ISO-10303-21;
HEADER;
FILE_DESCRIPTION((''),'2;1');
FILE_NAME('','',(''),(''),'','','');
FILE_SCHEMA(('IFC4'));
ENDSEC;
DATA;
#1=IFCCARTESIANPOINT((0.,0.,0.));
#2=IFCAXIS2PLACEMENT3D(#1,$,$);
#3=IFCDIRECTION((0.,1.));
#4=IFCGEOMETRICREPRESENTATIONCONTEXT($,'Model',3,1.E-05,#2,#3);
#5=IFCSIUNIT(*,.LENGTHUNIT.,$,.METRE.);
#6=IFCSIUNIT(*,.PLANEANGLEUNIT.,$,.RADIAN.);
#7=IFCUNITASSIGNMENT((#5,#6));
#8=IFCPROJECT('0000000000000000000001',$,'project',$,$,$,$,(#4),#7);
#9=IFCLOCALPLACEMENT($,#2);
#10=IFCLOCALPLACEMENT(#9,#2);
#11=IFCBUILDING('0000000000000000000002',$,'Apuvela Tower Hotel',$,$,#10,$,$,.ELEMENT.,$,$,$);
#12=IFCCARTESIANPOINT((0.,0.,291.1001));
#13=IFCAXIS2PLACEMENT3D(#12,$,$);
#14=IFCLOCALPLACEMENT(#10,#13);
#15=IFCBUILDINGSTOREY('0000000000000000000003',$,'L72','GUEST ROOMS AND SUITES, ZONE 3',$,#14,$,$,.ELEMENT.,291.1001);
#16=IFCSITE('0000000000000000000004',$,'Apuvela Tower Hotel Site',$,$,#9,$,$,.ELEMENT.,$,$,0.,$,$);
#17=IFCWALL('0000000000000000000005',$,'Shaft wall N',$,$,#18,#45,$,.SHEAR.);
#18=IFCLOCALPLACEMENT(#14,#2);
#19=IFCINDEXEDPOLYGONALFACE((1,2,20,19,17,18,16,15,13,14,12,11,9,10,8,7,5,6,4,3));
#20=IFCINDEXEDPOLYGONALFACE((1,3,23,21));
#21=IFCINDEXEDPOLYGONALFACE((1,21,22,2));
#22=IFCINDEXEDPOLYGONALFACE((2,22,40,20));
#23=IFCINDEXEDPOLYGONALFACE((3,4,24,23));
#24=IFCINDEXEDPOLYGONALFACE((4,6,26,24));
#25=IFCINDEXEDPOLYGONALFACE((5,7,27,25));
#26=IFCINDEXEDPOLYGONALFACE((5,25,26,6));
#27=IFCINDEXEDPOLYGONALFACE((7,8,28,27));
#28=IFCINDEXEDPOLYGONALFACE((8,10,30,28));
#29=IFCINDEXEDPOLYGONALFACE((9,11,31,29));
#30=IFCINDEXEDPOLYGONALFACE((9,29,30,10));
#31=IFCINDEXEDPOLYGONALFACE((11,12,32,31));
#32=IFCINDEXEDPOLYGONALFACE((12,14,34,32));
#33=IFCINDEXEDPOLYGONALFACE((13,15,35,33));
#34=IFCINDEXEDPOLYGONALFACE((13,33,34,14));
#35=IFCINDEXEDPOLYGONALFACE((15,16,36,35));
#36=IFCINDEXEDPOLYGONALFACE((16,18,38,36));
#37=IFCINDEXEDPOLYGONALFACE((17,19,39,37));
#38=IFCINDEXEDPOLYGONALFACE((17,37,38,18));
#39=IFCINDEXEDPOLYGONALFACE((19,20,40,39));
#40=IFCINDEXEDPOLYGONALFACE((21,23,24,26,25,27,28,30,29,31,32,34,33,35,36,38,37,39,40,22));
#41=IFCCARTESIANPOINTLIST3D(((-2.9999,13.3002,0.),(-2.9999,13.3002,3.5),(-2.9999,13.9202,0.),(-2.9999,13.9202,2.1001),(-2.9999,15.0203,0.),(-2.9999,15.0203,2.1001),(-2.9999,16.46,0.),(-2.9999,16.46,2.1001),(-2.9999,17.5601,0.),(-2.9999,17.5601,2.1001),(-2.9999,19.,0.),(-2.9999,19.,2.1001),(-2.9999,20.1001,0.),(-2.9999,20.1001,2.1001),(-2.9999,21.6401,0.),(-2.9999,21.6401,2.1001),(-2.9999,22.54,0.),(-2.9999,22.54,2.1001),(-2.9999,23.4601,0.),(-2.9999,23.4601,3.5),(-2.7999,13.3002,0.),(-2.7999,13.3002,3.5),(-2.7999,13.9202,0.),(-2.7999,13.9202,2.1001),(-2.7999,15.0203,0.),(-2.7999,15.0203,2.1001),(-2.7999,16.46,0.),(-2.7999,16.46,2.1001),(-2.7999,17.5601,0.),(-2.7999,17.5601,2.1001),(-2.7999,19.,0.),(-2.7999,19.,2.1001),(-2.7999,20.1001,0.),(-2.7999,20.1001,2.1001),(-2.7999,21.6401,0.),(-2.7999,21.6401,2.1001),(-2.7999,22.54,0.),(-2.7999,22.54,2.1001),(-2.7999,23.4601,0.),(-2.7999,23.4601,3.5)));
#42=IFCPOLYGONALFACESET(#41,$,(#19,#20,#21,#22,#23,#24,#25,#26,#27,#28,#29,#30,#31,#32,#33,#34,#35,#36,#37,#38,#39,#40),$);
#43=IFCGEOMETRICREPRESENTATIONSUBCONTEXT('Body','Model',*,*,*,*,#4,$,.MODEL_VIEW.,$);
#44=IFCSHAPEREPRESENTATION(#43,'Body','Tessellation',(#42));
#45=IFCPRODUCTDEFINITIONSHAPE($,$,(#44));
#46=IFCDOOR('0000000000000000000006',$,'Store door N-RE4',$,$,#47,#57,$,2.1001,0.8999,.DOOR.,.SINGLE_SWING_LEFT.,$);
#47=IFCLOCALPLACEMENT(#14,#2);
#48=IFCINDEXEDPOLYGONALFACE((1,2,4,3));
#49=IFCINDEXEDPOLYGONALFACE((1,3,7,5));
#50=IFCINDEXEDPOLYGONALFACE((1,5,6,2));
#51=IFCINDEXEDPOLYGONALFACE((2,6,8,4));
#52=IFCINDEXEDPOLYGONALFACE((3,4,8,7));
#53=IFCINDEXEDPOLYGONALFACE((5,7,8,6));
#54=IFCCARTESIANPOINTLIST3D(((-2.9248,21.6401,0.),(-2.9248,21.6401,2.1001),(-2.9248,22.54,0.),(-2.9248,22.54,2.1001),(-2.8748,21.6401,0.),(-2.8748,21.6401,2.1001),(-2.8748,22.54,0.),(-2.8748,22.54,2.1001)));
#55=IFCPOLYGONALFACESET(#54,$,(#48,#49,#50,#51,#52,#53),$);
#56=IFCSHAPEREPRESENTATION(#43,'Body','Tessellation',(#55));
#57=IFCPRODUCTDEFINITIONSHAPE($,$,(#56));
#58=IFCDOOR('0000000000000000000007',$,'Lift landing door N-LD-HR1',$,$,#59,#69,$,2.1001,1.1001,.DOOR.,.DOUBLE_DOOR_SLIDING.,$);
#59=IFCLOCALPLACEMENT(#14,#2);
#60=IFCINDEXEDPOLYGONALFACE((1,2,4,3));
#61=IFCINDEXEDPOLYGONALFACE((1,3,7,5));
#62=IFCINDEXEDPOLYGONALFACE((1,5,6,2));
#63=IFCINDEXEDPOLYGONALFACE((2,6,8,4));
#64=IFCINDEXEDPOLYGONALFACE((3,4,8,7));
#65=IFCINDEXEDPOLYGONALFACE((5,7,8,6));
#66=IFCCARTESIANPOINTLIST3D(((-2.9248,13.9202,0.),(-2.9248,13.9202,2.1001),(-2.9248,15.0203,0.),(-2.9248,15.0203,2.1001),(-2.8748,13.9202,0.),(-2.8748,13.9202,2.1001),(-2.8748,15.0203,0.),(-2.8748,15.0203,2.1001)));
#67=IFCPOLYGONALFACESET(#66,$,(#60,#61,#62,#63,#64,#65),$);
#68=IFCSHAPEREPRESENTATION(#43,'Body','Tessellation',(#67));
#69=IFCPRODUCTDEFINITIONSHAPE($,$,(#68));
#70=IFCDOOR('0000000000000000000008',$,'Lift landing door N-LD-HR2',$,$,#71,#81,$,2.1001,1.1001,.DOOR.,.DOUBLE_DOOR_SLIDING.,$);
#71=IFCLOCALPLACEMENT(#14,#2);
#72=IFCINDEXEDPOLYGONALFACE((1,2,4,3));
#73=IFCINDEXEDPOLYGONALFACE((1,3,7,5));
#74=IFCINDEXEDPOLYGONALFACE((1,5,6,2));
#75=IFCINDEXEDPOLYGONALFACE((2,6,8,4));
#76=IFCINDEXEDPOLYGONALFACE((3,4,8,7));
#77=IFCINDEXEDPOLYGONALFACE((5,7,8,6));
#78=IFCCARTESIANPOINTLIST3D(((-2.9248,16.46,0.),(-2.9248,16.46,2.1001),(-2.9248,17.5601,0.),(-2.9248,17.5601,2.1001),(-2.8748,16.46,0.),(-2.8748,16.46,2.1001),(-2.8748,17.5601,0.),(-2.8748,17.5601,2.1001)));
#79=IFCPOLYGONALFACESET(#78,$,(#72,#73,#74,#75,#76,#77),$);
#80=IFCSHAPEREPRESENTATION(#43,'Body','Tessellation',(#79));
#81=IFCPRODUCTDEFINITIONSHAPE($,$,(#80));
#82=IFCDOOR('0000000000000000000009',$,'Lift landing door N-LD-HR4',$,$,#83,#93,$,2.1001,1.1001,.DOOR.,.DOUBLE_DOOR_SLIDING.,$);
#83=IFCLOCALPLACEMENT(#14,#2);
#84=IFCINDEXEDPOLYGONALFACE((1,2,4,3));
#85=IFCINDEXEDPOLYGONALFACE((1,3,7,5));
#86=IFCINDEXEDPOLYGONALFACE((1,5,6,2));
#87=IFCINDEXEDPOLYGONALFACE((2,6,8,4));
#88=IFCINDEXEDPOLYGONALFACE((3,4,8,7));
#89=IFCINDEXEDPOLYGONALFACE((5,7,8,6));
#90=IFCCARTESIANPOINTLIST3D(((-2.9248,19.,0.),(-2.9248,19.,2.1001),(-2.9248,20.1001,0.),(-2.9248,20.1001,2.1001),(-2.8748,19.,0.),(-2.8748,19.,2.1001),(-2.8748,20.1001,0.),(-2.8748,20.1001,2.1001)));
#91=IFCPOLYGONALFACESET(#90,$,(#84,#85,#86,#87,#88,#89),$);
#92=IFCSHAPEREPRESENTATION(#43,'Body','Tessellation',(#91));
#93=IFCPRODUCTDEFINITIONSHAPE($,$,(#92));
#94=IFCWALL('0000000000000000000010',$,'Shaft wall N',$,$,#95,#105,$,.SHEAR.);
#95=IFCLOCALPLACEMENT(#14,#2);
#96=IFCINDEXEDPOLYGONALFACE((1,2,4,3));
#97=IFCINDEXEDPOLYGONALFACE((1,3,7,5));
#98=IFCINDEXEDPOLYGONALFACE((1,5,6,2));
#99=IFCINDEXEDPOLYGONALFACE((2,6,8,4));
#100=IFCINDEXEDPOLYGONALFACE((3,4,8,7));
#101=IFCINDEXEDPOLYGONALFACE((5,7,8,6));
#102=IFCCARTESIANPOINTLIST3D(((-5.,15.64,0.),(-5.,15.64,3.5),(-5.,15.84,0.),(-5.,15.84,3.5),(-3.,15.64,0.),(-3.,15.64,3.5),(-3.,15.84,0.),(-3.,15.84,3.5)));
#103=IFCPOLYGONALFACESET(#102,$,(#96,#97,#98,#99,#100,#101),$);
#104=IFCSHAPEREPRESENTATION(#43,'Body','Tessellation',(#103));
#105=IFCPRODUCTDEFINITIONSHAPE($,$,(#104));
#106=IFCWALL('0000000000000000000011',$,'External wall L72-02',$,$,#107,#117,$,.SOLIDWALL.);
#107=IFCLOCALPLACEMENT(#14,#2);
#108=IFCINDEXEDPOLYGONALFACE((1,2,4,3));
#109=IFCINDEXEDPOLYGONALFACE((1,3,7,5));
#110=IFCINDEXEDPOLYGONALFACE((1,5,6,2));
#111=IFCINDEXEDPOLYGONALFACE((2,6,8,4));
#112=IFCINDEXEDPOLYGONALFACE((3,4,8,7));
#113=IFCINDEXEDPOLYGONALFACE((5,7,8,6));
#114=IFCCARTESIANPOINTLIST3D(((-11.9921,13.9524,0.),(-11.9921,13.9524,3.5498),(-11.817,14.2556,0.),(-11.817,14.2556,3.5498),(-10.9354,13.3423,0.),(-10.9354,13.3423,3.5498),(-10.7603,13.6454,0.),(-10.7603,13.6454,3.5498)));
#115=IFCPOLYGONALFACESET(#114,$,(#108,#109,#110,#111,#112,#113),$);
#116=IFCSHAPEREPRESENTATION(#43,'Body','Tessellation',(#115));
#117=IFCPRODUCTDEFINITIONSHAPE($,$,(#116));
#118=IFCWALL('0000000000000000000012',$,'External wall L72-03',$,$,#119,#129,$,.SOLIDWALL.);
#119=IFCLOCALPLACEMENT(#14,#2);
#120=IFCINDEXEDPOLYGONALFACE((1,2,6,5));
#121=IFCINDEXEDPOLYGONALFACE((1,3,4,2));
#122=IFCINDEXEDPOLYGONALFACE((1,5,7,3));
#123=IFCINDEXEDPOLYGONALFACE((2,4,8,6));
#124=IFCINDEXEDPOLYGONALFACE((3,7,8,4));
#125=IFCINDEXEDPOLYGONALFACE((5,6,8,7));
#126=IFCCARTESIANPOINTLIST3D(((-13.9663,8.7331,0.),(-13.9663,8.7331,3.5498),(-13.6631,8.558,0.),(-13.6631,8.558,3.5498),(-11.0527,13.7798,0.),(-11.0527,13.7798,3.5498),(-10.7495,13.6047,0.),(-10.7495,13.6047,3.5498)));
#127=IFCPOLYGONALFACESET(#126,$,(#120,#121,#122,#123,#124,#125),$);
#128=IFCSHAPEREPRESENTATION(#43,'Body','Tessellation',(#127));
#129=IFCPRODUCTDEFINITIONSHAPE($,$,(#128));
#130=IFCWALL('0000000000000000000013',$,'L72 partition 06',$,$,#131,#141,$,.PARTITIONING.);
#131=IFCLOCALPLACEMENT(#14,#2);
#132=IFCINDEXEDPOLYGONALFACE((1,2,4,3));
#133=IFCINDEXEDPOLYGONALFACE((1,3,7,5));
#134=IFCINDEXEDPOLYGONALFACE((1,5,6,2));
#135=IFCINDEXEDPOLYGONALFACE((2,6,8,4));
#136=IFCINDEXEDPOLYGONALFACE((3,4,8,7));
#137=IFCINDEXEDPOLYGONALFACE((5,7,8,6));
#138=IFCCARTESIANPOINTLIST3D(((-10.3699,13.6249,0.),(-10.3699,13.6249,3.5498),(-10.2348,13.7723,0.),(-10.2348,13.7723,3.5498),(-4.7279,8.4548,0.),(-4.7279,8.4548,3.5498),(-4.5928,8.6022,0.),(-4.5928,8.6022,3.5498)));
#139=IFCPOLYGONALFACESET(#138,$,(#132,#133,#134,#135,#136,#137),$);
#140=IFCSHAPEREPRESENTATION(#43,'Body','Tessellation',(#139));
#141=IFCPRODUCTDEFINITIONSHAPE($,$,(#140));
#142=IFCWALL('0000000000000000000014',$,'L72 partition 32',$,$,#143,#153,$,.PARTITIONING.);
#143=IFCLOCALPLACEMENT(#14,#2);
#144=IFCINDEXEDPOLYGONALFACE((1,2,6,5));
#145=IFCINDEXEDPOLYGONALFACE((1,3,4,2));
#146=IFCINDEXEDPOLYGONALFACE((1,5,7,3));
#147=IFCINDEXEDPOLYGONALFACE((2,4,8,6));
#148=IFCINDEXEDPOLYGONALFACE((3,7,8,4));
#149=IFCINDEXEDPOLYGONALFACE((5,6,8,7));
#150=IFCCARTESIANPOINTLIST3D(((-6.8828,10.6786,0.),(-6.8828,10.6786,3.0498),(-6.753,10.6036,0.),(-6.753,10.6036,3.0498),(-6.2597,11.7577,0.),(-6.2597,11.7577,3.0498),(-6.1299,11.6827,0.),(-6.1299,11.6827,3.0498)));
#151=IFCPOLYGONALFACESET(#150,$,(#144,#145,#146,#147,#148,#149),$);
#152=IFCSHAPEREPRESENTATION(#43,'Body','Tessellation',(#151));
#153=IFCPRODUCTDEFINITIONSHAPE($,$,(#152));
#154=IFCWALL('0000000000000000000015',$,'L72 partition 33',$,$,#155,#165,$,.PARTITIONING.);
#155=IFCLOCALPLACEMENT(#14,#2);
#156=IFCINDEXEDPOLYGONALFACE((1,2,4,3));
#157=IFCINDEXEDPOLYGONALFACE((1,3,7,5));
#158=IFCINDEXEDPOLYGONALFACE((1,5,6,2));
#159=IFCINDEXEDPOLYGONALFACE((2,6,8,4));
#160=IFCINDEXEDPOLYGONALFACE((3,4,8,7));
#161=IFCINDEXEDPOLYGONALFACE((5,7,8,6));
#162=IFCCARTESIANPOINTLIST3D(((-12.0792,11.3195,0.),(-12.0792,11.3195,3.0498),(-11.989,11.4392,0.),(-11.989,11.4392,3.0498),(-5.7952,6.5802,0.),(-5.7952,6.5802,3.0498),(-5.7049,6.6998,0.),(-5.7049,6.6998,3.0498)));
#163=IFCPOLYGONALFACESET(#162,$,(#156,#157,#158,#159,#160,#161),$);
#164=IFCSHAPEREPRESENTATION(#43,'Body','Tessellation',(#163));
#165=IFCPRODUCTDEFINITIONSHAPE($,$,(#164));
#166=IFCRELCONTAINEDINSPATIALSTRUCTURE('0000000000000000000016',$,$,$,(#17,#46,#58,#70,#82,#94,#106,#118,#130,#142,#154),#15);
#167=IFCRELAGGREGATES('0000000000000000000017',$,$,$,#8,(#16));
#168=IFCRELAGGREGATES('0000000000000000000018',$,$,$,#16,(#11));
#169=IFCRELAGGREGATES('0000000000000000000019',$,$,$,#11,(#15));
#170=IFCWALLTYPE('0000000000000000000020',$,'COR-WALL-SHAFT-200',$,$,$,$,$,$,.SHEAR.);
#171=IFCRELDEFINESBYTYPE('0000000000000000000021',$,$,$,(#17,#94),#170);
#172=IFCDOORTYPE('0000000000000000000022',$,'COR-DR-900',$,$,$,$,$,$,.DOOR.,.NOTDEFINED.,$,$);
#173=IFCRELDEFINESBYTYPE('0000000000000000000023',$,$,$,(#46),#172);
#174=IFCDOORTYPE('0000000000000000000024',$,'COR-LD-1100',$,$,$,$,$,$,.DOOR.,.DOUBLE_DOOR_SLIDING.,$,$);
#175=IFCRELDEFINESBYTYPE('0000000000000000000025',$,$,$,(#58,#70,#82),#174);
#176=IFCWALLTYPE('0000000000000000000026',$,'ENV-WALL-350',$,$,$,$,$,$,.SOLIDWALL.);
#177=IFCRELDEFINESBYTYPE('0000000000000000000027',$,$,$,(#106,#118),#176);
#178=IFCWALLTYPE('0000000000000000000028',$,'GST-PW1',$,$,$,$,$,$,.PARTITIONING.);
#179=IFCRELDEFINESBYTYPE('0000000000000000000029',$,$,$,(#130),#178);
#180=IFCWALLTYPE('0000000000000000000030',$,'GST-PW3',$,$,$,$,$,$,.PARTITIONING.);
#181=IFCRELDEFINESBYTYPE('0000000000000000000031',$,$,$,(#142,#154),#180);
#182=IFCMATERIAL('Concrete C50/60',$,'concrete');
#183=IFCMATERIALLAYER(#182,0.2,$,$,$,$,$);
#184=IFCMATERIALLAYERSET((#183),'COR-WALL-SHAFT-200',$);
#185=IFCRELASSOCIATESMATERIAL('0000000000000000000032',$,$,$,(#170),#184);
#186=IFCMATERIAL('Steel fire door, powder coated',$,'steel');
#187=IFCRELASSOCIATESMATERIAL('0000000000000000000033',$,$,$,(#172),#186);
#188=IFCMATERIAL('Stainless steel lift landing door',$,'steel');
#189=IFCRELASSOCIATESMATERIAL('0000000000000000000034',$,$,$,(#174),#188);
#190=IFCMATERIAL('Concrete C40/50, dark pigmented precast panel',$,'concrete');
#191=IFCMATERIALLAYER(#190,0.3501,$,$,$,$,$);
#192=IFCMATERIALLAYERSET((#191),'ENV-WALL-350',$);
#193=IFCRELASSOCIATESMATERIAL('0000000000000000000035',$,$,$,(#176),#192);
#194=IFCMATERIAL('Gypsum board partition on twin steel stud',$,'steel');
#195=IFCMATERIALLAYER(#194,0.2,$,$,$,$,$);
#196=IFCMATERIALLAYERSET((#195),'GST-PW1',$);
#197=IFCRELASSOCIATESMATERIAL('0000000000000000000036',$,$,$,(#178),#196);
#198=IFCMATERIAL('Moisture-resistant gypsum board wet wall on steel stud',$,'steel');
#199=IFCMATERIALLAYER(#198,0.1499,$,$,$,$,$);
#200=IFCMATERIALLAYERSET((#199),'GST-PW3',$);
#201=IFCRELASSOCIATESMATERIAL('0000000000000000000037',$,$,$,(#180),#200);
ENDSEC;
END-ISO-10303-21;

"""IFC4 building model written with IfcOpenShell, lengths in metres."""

from ifc_helpers import new_model, si_unit, direction, frame, frame_2d, origin, place, context, subcontext, project, spatial, rectangle, extrude, material, layer, layer_set, type_object, element, fill, save


model = new_model("IFC4")

# Units and contexts
model_context = context("Model", 3, precision=1e-05, world=origin(), true_north=direction((0.0, 1.0)))
body_context = subcontext(model_context, "Body", "Model", "MODEL_VIEW")
ifc_project = project(units=[si_unit("LENGTHUNIT", "METRE"), si_unit("PLANEANGLEUNIT", "RADIAN")], contexts=[model_context])

# Site, building, storey
site_placement = place(None, origin())
site = spatial("IfcSite", under=ifc_project, at=site_placement, Name="Apuvela Tower Hotel Site", CompositionType="ELEMENT", RefElevation=0.0)
building_placement = place(site_placement, origin())
building = spatial("IfcBuilding", under=site, at=building_placement, Name="Apuvela Tower Hotel", CompositionType="ELEMENT")
storey_placement = place(building_placement, frame((0.0, 0.0, 291.1001)))
storey = spatial("IfcBuildingStorey", under=building, at=storey_placement, Name="L72", Description="GUEST ROOMS AND SUITES, ZONE 3", CompositionType="ELEMENT", Elevation=291.1001)

# Shared definitions
ifc_material_1 = material(Name="Concrete C50/60", Category="concrete")
ifc_layer_1 = layer(ifc_material_1, 0.2)
ifc_layer_set_1 = layer_set([ifc_layer_1], Name="COR-WALL-SHAFT-200")
wall_type_1 = type_object("IfcWallType", Name="COR-WALL-SHAFT-200", PredefinedType="SHEAR", material=ifc_layer_set_1)

# Wall, openings, doors
wall_1_placement = place(storey_placement, frame((-2.8999, 13.3, 0.0), z_axis=(0.0, 0.0, 1.0), x_axis=(0.0, 1.0, 0.0)))
wall_1 = element("IfcWall", 1, at=wall_1_placement, inside=storey, type_object=wall_type_1, Name="Shaft wall N", PredefinedType="SHEAR", context=body_context, shape_type="SweptSolid", body=[
    extrude(rectangle(XDim=10.1599, YDim=0.2, at=frame_2d((5.0801, 0.0))), origin(), (0.0, 0.0, 1.0), 3.5),
])
opening_1_placement = place(wall_1_placement, frame((0.6201, 0.0, 0.0)))
opening_1 = element("IfcOpeningElement", 2, at=opening_1_placement, cuts=wall_1, PredefinedType="OPENING", context=body_context, shape_type="SweptSolid", body=[
    extrude(rectangle(XDim=1.1001, YDim=2.1001, at=frame_2d((0.55, 1.05))), frame((0.0, 0.1099, 0.0), z_axis=(0.0, -1.0, 0.0), x_axis=(1.0, 0.0, 0.0)), (0.0, 0.0, 1.0), 0.22),
])
opening_2_placement = place(wall_1_placement, frame((3.1599, 0.0, 0.0)))
opening_2 = element("IfcOpeningElement", 3, at=opening_2_placement, cuts=wall_1, PredefinedType="OPENING", context=body_context, shape_type="SweptSolid", body=[
    extrude(rectangle(XDim=1.1001, YDim=2.1001, at=frame_2d((0.55, 1.05))), frame((0.0, 0.1099, 0.0), z_axis=(0.0, -1.0, 0.0), x_axis=(1.0, 0.0, 0.0)), (0.0, 0.0, 1.0), 0.22),
])
opening_3_placement = place(wall_1_placement, frame((5.7, 0.0, 0.0)))
opening_3 = element("IfcOpeningElement", 4, at=opening_3_placement, cuts=wall_1, PredefinedType="OPENING", context=body_context, shape_type="SweptSolid", body=[
    extrude(rectangle(XDim=1.1001, YDim=2.1001, at=frame_2d((0.55, 1.05))), frame((0.0, 0.1099, 0.0), z_axis=(0.0, -1.0, 0.0), x_axis=(1.0, 0.0, 0.0)), (0.0, 0.0, 1.0), 0.22),
])
opening_4_placement = place(wall_1_placement, frame((8.3401, 0.0, 0.0)))
opening_4 = element("IfcOpeningElement", 5, at=opening_4_placement, cuts=wall_1, PredefinedType="OPENING", context=body_context, shape_type="SweptSolid", body=[
    extrude(rectangle(XDim=0.8999, YDim=2.1001, at=frame_2d((0.45, 1.05))), frame((0.0, 0.1099, 0.0), z_axis=(0.0, -1.0, 0.0), x_axis=(1.0, 0.0, 0.0)), (0.0, 0.0, 1.0), 0.22),
])
ifc_material_2 = material(Name="Steel fire door, powder coated", Category="steel")
door_type_1 = type_object("IfcDoorType", Name="COR-DR-900", OperationType="NOTDEFINED", PredefinedType="DOOR", material=ifc_material_2)
door_1_placement = place(opening_4_placement, origin())
door_1 = element("IfcDoor", 6, at=door_1_placement, inside=storey, type_object=door_type_1, Name="Store door N-RE4", OperationType="SINGLE_SWING_LEFT", OverallHeight=2.1001, OverallWidth=0.8999, PredefinedType="DOOR", context=body_context, shape_type="SweptSolid", body=[
    extrude(rectangle(XDim=0.8999, YDim=2.1001, at=frame_2d((0.45, 1.05))), frame((0.0, 0.0249, 0.0), z_axis=(0.0, -1.0, 0.0), x_axis=(1.0, 0.0, 0.0)), (0.0, 0.0, 1.0), 0.05),
])
fill(opening_4, door_1)
ifc_material_3 = material(Name="Stainless steel lift landing door", Category="steel")
door_type_2 = type_object("IfcDoorType", Name="COR-LD-1100", OperationType="DOUBLE_DOOR_SLIDING", PredefinedType="DOOR", material=ifc_material_3)
door_2_placement = place(opening_1_placement, origin())
door_2 = element("IfcDoor", 7, at=door_2_placement, inside=storey, type_object=door_type_2, Name="Lift landing door N-LD-HR1", OperationType="DOUBLE_DOOR_SLIDING", OverallHeight=2.1001, OverallWidth=1.1001, PredefinedType="DOOR", context=body_context, shape_type="SweptSolid", body=[
    extrude(rectangle(XDim=1.1001, YDim=2.1001, at=frame_2d((0.55, 1.05))), frame((0.0, 0.0249, 0.0), z_axis=(0.0, -1.0, 0.0), x_axis=(1.0, 0.0, 0.0)), (0.0, 0.0, 1.0), 0.05),
])
fill(opening_1, door_2)
door_3_placement = place(opening_2_placement, origin())
door_3 = element("IfcDoor", 8, at=door_3_placement, inside=storey, type_object=door_type_2, Name="Lift landing door N-LD-HR2", OperationType="DOUBLE_DOOR_SLIDING", OverallHeight=2.1001, OverallWidth=1.1001, PredefinedType="DOOR", context=body_context, shape_type="SweptSolid", body=[
    extrude(rectangle(XDim=1.1001, YDim=2.1001, at=frame_2d((0.55, 1.05))), frame((0.0, 0.0249, 0.0), z_axis=(0.0, -1.0, 0.0), x_axis=(1.0, 0.0, 0.0)), (0.0, 0.0, 1.0), 0.05),
])
fill(opening_2, door_3)
door_4_placement = place(opening_3_placement, origin())
door_4 = element("IfcDoor", 9, at=door_4_placement, inside=storey, type_object=door_type_2, Name="Lift landing door N-LD-HR4", OperationType="DOUBLE_DOOR_SLIDING", OverallHeight=2.1001, OverallWidth=1.1001, PredefinedType="DOOR", context=body_context, shape_type="SweptSolid", body=[
    extrude(rectangle(XDim=1.1001, YDim=2.1001, at=frame_2d((0.55, 1.05))), frame((0.0, 0.0249, 0.0), z_axis=(0.0, -1.0, 0.0), x_axis=(1.0, 0.0, 0.0)), (0.0, 0.0, 1.0), 0.05),
])
fill(opening_3, door_4)

# Walls
wall_2_placement = place(storey_placement, frame((-3.0, 15.74, 0.0), z_axis=(0.0, 0.0, 1.0), x_axis=(-1.0, 0.0, 0.0)))
element("IfcWall", 10, at=wall_2_placement, inside=storey, type_object=wall_type_1, Name="Shaft wall N", PredefinedType="SHEAR", context=body_context, shape_type="SweptSolid", body=[
    extrude(rectangle(XDim=2.0, YDim=0.2, at=frame_2d((1.0, 0.0))), origin(), (0.0, 0.0, 1.0), 3.5),
])
ifc_material_4 = material(Name="Concrete C40/50, dark pigmented precast panel", Category="concrete")
ifc_layer_2 = layer(ifc_material_4, 0.3501)
ifc_layer_set_2 = layer_set([ifc_layer_2], Name="ENV-WALL-350")
wall_type_2 = type_object("IfcWallType", Name="ENV-WALL-350", PredefinedType="SOLIDWALL", material=ifc_layer_set_2)
wall_3_placement = place(storey_placement, frame((-11.9045, 14.104, 0.0), z_axis=(0.0, 0.0, 1.0), x_axis=(0.866006, -0.500034, 0.0)))
element("IfcWall", 11, at=wall_3_placement, inside=storey, type_object=wall_type_2, Name="External wall L72-02", PredefinedType="SOLIDWALL", context=body_context, shape_type="SweptSolid", body=[
    extrude(rectangle(XDim=1.2202, YDim=0.3501, at=frame_2d((0.6101, 0.0))), origin(), (0.0, 0.0, 1.0), 3.5498),
])
wall_4_placement = place(storey_placement, frame((-10.9011, 13.6921, 0.0), z_axis=(0.0, 0.0, 1.0), x_axis=(-0.499987, -0.866033, 0.0)))
element("IfcWall", 12, at=wall_4_placement, inside=storey, type_object=wall_type_2, Name="External wall L72-03", PredefinedType="SOLIDWALL", context=body_context, shape_type="SweptSolid", body=[
    extrude(rectangle(XDim=5.8274, YDim=0.3501, at=frame_2d((2.9136, 0.0))), origin(), (0.0, 0.0, 1.0), 3.5498),
])
ifc_material_5 = material(Name="Gypsum board partition on twin steel stud", Category="steel")
ifc_layer_3 = layer(ifc_material_5, 0.2)
ifc_layer_set_3 = layer_set([ifc_layer_3], Name="GST-PW1")
wall_type_3 = type_object("IfcWallType", Name="GST-PW1", PredefinedType="PARTITIONING", material=ifc_layer_set_3)
wall_5_placement = place(storey_placement, frame((-10.3022, 13.6985, 0.0), z_axis=(0.0, 0.0, 1.0), x_axis=(0.737268, -0.6756, 0.0)))
element("IfcWall", 13, at=wall_5_placement, inside=storey, type_object=wall_type_3, Name="L72 partition 06", PredefinedType="PARTITIONING", context=body_context, shape_type="SweptSolid", body=[
    extrude(rectangle(XDim=7.6526, YDim=0.2, at=frame_2d((3.8262, 0.0))), origin(), (0.0, 0.0, 1.0), 3.5498),
])
ifc_material_6 = material(Name="Moisture-resistant gypsum board wet wall on steel stud", Category="steel")
ifc_layer_4 = layer(ifc_material_6, 0.1499)
ifc_layer_set_4 = layer_set([ifc_layer_4], Name="GST-PW3")
wall_type_4 = type_object("IfcWallType", Name="GST-PW3", PredefinedType="PARTITIONING", material=ifc_layer_set_4)
wall_6_placement = place(storey_placement, frame((-6.1948, 11.7202, 0.0), z_axis=(0.0, 0.0, 1.0), x_axis=(-0.500016, -0.866016, 0.0)))
element("IfcWall", 14, at=wall_6_placement, inside=storey, type_object=wall_type_4, Name="L72 partition 32", PredefinedType="PARTITIONING", context=body_context, shape_type="SweptSolid", body=[
    extrude(rectangle(XDim=1.2461, YDim=0.1499, at=frame_2d((0.623, 0.0))), origin(), (0.0, 0.0, 1.0), 3.0498),
])
wall_7_placement = place(storey_placement, frame((-12.0342, 11.3794, 0.0), z_axis=(0.0, 0.0, 1.0), x_axis=(0.798393, -0.602137, 0.0)))
element("IfcWall", 15, at=wall_7_placement, inside=storey, type_object=wall_type_4, Name="L72 partition 33", PredefinedType="PARTITIONING", context=body_context, shape_type="SweptSolid", body=[
    extrude(rectangle(XDim=7.8708, YDim=0.1499, at=frame_2d((3.9355, 0.0))), origin(), (0.0, 0.0, 1.0), 3.0498),
])

save(model, "model.ifc")
